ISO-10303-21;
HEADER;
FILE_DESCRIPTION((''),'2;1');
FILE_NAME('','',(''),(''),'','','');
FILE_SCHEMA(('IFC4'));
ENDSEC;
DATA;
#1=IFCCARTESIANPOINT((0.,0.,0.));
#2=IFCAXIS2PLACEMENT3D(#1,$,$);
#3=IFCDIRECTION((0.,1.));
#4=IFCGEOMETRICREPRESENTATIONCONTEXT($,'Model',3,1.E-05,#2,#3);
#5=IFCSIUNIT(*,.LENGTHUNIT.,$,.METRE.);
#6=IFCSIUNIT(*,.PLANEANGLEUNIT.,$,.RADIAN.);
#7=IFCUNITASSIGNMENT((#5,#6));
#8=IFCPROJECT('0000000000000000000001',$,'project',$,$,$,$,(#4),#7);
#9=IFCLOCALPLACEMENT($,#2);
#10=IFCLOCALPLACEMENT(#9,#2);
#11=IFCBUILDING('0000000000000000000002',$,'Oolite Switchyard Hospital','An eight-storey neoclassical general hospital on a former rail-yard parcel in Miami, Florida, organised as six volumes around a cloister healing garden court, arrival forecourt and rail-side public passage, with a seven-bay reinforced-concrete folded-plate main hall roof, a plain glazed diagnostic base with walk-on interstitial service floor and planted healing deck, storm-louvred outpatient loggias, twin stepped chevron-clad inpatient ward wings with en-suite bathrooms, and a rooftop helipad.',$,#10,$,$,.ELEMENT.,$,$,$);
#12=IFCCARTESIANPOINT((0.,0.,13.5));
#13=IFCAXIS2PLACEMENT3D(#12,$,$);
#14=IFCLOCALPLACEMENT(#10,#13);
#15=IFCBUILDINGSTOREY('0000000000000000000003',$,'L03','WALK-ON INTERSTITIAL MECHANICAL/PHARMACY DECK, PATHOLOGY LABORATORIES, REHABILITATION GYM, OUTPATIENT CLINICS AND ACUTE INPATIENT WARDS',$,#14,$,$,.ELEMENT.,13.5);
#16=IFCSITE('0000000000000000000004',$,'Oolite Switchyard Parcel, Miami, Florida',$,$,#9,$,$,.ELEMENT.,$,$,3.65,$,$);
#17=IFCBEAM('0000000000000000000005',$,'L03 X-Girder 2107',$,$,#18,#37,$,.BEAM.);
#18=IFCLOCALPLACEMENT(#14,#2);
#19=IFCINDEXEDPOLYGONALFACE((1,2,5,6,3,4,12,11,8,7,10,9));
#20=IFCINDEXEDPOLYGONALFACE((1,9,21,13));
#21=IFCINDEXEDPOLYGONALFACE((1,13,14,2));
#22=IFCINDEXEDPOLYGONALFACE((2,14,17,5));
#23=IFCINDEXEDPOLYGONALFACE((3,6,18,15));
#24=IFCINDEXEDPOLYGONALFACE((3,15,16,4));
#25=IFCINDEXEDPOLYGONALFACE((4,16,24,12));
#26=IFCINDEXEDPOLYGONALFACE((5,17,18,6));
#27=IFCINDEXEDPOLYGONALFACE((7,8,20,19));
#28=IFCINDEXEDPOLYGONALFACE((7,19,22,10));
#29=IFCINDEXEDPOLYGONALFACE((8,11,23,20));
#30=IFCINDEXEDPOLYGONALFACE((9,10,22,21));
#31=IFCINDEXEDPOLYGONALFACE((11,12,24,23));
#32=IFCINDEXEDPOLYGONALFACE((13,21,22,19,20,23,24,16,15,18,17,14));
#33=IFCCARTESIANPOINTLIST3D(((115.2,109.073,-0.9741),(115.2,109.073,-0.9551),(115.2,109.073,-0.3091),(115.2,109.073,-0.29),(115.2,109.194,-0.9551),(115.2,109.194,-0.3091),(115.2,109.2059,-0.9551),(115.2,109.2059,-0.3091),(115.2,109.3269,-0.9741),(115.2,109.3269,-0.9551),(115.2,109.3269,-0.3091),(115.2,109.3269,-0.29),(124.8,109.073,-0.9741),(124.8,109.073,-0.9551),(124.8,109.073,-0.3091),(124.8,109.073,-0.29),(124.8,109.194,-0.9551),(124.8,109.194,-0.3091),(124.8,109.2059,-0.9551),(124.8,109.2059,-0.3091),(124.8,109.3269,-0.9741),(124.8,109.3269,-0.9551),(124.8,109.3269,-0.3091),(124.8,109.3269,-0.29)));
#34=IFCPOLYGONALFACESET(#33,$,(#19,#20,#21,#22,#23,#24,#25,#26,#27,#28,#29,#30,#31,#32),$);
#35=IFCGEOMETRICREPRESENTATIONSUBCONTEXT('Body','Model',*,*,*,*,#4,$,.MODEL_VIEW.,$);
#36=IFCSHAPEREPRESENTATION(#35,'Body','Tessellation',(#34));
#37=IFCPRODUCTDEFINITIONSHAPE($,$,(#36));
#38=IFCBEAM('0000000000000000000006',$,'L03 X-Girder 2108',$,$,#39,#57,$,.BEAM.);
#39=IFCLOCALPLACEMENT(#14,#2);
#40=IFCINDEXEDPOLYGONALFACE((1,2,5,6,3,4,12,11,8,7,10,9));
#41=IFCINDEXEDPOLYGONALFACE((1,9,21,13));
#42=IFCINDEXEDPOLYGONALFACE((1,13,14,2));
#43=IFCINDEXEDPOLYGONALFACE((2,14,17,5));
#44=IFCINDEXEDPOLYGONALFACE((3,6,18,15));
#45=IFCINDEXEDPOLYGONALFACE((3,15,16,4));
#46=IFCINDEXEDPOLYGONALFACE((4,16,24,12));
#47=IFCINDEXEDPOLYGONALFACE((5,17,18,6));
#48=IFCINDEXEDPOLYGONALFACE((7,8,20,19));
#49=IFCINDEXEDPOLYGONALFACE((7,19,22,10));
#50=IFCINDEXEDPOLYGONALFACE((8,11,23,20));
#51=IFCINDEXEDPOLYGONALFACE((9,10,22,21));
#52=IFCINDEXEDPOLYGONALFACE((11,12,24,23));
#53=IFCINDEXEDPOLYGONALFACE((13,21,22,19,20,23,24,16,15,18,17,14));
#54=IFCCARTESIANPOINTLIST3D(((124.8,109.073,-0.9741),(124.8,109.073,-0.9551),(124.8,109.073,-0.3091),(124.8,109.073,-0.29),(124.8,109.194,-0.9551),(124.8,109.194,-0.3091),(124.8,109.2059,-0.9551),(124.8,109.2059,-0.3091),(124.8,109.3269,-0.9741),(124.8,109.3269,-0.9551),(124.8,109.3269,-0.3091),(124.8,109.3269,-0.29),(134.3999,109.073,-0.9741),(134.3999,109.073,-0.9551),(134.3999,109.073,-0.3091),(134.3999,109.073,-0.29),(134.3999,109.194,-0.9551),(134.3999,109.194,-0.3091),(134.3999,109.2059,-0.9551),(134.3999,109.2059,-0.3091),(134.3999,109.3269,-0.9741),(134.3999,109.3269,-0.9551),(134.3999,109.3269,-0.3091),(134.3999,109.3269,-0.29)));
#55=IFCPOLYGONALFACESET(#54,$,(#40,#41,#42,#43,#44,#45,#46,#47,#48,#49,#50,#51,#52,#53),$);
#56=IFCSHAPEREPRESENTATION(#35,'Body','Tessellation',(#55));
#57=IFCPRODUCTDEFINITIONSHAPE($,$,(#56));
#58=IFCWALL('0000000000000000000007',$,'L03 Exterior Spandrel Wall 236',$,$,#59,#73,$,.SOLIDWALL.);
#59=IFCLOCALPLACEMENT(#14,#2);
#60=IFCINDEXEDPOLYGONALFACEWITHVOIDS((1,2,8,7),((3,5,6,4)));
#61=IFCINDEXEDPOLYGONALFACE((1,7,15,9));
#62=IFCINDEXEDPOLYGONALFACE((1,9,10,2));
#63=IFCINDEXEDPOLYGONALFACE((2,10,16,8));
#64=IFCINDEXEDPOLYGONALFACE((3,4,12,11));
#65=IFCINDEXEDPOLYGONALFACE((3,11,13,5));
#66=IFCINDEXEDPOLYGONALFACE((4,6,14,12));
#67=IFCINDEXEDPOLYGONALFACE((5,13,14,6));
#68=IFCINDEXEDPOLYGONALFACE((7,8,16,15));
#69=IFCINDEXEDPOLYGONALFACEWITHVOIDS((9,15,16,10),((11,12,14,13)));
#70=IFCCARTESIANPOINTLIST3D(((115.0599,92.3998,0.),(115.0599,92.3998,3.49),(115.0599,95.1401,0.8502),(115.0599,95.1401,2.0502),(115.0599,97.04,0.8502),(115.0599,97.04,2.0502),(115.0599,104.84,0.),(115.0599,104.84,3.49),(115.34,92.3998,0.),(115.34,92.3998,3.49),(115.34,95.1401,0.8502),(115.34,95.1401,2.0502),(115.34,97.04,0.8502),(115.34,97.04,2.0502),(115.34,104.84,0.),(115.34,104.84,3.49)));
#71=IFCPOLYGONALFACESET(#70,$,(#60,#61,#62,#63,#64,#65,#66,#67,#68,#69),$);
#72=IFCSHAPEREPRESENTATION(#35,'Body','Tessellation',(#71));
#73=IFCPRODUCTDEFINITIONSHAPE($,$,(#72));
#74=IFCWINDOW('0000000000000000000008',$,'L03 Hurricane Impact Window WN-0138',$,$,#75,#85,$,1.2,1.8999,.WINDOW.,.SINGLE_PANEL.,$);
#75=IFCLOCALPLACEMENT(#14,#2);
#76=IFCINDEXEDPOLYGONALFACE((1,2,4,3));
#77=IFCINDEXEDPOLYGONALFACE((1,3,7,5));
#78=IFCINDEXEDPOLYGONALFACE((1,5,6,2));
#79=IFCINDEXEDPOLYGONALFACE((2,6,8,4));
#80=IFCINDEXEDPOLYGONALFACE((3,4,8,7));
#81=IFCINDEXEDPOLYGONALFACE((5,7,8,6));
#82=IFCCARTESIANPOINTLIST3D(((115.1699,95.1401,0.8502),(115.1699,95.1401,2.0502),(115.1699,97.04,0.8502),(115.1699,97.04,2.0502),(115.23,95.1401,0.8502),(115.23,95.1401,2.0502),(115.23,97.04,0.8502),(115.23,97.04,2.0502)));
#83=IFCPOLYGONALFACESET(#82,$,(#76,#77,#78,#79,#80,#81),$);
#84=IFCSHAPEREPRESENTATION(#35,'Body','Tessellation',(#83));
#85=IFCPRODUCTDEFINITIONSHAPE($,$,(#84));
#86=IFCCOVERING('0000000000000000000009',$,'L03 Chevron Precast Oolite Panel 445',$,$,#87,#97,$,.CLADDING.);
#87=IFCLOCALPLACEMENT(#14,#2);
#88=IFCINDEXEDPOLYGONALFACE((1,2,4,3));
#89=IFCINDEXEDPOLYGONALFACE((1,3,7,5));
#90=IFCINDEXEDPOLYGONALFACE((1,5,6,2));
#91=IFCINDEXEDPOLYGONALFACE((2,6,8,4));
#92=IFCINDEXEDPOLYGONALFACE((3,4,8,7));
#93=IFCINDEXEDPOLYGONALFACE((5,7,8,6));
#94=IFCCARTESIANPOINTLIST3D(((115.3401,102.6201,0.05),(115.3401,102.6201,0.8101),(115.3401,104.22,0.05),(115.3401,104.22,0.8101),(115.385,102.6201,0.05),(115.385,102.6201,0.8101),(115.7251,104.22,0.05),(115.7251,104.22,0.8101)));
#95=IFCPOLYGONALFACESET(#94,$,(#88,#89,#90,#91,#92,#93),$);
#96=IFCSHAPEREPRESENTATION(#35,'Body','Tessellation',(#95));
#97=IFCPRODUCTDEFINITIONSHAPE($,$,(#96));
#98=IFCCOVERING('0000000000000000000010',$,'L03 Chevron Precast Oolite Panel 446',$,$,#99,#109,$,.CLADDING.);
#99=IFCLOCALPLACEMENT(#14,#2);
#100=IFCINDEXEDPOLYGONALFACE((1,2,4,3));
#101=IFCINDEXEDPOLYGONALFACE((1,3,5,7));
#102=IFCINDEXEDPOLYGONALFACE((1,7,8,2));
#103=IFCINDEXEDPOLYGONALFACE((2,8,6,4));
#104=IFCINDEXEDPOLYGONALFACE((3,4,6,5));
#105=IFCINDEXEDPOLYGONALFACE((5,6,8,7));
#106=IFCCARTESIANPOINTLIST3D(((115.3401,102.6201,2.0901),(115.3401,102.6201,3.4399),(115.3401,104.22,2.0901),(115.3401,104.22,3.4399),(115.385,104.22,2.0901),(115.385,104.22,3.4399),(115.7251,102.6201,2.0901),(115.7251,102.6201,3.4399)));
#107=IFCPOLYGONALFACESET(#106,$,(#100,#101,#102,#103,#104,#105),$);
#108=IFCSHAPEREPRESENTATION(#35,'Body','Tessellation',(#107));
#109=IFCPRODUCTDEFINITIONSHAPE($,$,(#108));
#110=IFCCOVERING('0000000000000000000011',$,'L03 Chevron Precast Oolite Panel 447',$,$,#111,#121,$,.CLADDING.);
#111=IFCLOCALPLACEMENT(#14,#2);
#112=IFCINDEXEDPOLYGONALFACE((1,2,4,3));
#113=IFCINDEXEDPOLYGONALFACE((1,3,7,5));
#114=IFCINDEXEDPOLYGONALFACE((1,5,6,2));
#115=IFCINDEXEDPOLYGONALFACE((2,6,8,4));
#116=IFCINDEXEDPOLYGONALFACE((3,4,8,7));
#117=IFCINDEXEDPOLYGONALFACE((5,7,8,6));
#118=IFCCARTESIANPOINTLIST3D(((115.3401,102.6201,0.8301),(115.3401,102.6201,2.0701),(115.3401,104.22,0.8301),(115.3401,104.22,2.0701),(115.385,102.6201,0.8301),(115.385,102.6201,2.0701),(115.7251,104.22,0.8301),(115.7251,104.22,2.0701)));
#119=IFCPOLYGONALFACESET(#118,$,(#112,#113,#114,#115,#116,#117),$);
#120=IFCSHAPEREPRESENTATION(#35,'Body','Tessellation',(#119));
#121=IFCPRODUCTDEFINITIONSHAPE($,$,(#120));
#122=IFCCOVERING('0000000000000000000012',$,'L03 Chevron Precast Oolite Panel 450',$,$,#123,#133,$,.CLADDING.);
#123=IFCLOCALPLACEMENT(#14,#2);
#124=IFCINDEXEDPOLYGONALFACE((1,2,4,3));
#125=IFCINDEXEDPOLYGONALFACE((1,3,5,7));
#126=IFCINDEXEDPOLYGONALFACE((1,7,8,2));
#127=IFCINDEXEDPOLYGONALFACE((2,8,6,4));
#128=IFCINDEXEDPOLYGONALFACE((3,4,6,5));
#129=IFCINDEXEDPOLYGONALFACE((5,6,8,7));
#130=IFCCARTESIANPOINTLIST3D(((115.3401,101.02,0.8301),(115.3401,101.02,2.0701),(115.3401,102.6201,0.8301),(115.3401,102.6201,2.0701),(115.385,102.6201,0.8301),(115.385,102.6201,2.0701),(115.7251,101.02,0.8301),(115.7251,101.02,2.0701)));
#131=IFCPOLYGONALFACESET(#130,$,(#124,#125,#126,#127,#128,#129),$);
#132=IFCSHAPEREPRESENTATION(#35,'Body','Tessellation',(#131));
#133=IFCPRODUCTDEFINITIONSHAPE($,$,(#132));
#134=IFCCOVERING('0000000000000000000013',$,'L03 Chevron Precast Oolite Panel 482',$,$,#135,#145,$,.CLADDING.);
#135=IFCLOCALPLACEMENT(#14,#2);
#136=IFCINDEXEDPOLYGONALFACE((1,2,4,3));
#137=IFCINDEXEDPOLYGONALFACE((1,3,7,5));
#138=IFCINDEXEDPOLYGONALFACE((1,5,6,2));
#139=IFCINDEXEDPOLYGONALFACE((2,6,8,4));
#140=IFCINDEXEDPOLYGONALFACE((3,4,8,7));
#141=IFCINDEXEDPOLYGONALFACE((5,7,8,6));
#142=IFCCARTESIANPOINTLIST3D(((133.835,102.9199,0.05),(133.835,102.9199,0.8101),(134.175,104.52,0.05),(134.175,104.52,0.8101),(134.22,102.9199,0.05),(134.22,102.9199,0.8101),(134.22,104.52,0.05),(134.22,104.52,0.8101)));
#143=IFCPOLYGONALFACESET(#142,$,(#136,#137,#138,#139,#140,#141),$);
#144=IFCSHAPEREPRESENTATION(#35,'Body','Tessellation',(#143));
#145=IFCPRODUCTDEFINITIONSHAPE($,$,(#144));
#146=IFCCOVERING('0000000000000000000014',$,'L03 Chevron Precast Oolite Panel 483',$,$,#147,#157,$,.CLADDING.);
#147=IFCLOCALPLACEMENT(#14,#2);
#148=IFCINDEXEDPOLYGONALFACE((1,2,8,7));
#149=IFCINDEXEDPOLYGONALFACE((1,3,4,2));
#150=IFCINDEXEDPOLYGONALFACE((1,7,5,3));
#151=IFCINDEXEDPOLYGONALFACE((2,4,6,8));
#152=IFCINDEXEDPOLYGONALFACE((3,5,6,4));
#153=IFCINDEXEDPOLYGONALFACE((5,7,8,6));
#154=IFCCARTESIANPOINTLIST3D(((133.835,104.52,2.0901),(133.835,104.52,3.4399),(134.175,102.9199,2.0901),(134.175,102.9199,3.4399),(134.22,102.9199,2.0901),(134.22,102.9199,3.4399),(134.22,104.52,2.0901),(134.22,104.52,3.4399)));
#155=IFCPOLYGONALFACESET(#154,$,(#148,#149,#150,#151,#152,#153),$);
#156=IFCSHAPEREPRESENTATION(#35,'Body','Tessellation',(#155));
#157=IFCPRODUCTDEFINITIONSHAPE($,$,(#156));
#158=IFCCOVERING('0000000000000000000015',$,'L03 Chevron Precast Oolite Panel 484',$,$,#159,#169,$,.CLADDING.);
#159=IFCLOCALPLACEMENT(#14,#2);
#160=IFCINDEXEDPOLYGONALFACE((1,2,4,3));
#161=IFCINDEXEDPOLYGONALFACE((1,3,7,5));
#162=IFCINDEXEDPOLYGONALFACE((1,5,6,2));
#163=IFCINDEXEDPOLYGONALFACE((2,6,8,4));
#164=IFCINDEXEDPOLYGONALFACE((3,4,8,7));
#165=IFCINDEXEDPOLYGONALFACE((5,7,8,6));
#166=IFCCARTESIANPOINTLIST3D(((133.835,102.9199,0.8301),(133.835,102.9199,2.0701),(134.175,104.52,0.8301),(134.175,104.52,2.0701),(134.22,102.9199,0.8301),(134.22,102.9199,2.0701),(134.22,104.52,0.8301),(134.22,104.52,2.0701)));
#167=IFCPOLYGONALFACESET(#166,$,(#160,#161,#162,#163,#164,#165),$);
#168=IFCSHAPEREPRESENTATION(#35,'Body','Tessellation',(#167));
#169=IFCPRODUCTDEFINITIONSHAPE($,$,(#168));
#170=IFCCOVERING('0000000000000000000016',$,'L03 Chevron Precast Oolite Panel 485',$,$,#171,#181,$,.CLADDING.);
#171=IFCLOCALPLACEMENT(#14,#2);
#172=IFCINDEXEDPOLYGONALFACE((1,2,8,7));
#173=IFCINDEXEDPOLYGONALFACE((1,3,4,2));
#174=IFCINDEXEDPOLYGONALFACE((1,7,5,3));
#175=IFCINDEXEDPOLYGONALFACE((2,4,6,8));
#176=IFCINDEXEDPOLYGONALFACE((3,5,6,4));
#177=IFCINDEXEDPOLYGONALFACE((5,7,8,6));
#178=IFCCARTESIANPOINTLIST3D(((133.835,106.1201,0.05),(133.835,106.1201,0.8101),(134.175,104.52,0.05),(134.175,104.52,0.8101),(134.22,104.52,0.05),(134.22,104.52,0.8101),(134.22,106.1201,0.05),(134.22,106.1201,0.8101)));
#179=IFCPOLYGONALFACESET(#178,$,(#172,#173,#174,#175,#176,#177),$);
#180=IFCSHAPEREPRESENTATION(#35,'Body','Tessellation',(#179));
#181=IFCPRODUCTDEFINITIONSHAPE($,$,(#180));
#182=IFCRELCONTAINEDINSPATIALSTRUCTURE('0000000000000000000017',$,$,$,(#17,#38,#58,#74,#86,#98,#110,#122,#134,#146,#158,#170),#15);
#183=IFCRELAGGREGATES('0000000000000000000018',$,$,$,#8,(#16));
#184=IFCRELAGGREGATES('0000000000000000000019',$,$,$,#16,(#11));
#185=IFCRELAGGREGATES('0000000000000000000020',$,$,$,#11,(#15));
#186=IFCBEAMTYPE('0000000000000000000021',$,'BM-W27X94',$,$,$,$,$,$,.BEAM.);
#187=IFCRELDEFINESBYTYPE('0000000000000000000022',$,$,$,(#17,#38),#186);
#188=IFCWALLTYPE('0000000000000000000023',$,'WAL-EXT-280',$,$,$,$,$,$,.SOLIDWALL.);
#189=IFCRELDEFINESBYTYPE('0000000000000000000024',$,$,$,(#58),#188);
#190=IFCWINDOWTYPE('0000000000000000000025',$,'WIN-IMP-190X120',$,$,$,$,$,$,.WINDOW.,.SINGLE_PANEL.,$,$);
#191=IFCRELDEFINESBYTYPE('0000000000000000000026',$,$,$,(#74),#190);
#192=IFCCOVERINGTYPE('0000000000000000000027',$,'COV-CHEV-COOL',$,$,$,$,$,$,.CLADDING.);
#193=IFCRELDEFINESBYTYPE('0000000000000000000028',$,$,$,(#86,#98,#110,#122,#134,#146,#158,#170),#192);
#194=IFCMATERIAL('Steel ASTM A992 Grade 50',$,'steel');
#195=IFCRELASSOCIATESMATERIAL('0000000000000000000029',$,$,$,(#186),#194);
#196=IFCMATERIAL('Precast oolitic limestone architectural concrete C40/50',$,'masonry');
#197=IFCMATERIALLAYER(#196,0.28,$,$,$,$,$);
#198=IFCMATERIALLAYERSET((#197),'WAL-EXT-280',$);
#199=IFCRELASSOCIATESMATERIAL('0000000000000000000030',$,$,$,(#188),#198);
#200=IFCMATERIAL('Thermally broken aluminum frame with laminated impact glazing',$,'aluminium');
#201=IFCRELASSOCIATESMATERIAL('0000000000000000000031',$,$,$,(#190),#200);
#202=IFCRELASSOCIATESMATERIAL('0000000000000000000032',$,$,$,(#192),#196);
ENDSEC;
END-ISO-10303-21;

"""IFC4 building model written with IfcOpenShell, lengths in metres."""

from ifc_helpers import new_model, si_unit, direction, frame, frame_2d, origin, origin_2d, place, context, subcontext, project, spatial, polyline, rectangle, i_section, outline, extrude, material, layer, layer_set, material_profile, profile_set, type_object, element, fill, save


model = new_model("IFC4")

# Units and contexts
model_context = context("Model", 3, precision=1e-05, world=origin(), true_north=direction((0.0, 1.0)))
body_context = subcontext(model_context, "Body", "Model", "MODEL_VIEW")
ifc_project = project(units=[si_unit("LENGTHUNIT", "METRE"), si_unit("PLANEANGLEUNIT", "RADIAN")], contexts=[model_context])

# Site, building, storey
site_placement = place(None, origin())
site = spatial("IfcSite", under=ifc_project, at=site_placement, Name="Oolite Switchyard Parcel, Miami, Florida", CompositionType="ELEMENT", RefElevation=3.65)
building_placement = place(site_placement, origin())
building = spatial("IfcBuilding", under=site, at=building_placement, Name="Oolite Switchyard Hospital", Description="An eight-storey neoclassical general hospital on a former rail-yard parcel in Miami, Florida, organised as six volumes around a cloister healing garden court, arrival forecourt and rail-side public passage, with a seven-bay reinforced-concrete folded-plate main hall roof, a plain glazed diagnostic base with walk-on interstitial service floor and planted healing deck, storm-louvred outpatient loggias, twin stepped chevron-clad inpatient ward wings with en-suite bathrooms, and a rooftop helipad.", CompositionType="ELEMENT")
storey_placement = place(building_placement, frame((0.0, 0.0, 13.5)))
storey = spatial("IfcBuildingStorey", under=building, at=storey_placement, Name="L03", Description="WALK-ON INTERSTITIAL MECHANICAL/PHARMACY DECK, PATHOLOGY LABORATORIES, REHABILITATION GYM, OUTPATIENT CLINICS AND ACUTE INPATIENT WARDS", CompositionType="ELEMENT", Elevation=13.5)

# Beams
ifc_material_1 = material(Name="Steel ASTM A992 Grade 50", Category="steel")
ifc_material_profile = material_profile(ifc_material_1, i_section(OverallWidth=0.2539, OverallDepth=0.6841, WebThickness=0.012, FlangeThickness=0.019, at=origin_2d()), Name="W27X94")
ifc_profile_set = profile_set([ifc_material_profile], Name="Steel ASTM A992 Grade 50")
beam_type = type_object("IfcBeamType", Name="BM-W27X94", PredefinedType="BEAM", material=ifc_profile_set)
beam_1_placement = place(storey_placement, frame((115.2, 109.2, -0.6321), z_axis=(1.0, 0.0, 0.0), x_axis=(0.0, 1.0, 0.0)))
element("IfcBeam", 1, at=beam_1_placement, inside=storey, type_object=beam_type, Name="L03 X-Girder 2107", PredefinedType="BEAM", context=body_context, shape_type="SweptSolid", body=[
    extrude(i_section(OverallWidth=0.2539, OverallDepth=0.6841, WebThickness=0.012, FlangeThickness=0.019, at=origin_2d()), origin(), (0.0, 0.0, 1.0), 9.6001),
])
beam_2_placement = place(storey_placement, frame((124.8, 109.2, -0.6321), z_axis=(1.0, 0.0, 0.0), x_axis=(0.0, 1.0, 0.0)))
element("IfcBeam", 2, at=beam_2_placement, inside=storey, type_object=beam_type, Name="L03 X-Girder 2108", PredefinedType="BEAM", context=body_context, shape_type="SweptSolid", body=[
    extrude(i_section(OverallWidth=0.2539, OverallDepth=0.6841, WebThickness=0.012, FlangeThickness=0.019, at=origin_2d()), origin(), (0.0, 0.0, 1.0), 9.5999),
])

# Wall, opening, window
ifc_material_2 = material(Name="Precast oolitic limestone architectural concrete C40/50", Category="masonry")
ifc_layer = layer(ifc_material_2, 0.28)
ifc_layer_set = layer_set([ifc_layer], Name="WAL-EXT-280")
wall_type = type_object("IfcWallType", Name="WAL-EXT-280", PredefinedType="SOLIDWALL", material=ifc_layer_set)
wall_placement = place(storey_placement, frame((115.2, 104.8401, 0.0), z_axis=(0.0, 0.0, 1.0), x_axis=(0.0, -1.0, 0.0)))
wall = element("IfcWall", 3, at=wall_placement, inside=storey, type_object=wall_type, Name="L03 Exterior Spandrel Wall 236", PredefinedType="SOLIDWALL", context=body_context, shape_type="SweptSolid", body=[
    extrude(rectangle(XDim=12.4402, YDim=0.28, at=frame_2d((6.2202, 0.0))), origin(), (0.0, 0.0, 1.0), 3.49),
])
opening_placement = place(wall_placement, frame((7.8, 0.0, 0.8501)))
opening = element("IfcOpeningElement", 4, at=opening_placement, cuts=wall, PredefinedType="OPENING", context=body_context, shape_type="SweptSolid", body=[
    extrude(rectangle(XDim=1.8999, YDim=1.2, at=frame_2d((0.95, 0.6001))), frame((0.0, 0.1499, 0.0), z_axis=(0.0, -1.0, 0.0), x_axis=(1.0, 0.0, 0.0)), (0.0, 0.0, 1.0), 0.3),
])
ifc_material_3 = material(Name="Thermally broken aluminum frame with laminated impact glazing", Category="aluminium")
window_type = type_object("IfcWindowType", Name="WIN-IMP-190X120", PartitioningType="SINGLE_PANEL", PredefinedType="WINDOW", material=ifc_material_3)
window_placement = place(opening_placement, origin())
window = element("IfcWindow", 5, at=window_placement, inside=storey, type_object=window_type, Name="L03 Hurricane Impact Window WN-0138", OverallHeight=1.2, OverallWidth=1.8999, PartitioningType="SINGLE_PANEL", PredefinedType="WINDOW", context=body_context, shape_type="SweptSolid", body=[
    extrude(rectangle(XDim=1.8999, YDim=1.2, at=frame_2d((0.95, 0.6001))), frame((0.0, 0.03, 0.0), z_axis=(0.0, -1.0, 0.0), x_axis=(1.0, 0.0, 0.0)), (0.0, 0.0, 1.0), 0.0601),
])
fill(opening, window)

# Coverings
covering_type = type_object("IfcCoveringType", Name="COV-CHEV-COOL", PredefinedType="CLADDING", material=ifc_material_2)
covering_1_placement = place(storey_placement, frame((115.3401, 104.22, 0.05), z_axis=(0.0, 0.0, 1.0), x_axis=(0.0, -1.0, 0.0)))
element("IfcCovering", 6, at=covering_1_placement, inside=storey, type_object=covering_type, Name="L03 Chevron Precast Oolite Panel 445", PredefinedType="CLADDING", context=body_context, shape_type="SweptSolid", body=[
    extrude(outline(polyline([(0.0, 0.0), (1.5999, 0.0), (1.5999, 0.0449), (0.0, 0.385), (0.0, 0.0)])), origin(), (0.0, 0.0, 1.0), 0.76),
])
covering_2_placement = place(storey_placement, frame((115.3401, 104.22, 2.0901), z_axis=(0.0, 0.0, 1.0), x_axis=(0.0, -1.0, 0.0)))
element("IfcCovering", 7, at=covering_2_placement, inside=storey, type_object=covering_type, Name="L03 Chevron Precast Oolite Panel 446", PredefinedType="CLADDING", context=body_context, shape_type="SweptSolid", body=[
    extrude(outline(polyline([(0.0, 0.0), (1.5999, 0.0), (1.5999, 0.385), (0.0, 0.0449), (0.0, 0.0)])), origin(), (0.0, 0.0, 1.0), 1.3499),
])
covering_3_placement = place(storey_placement, frame((115.3401, 104.22, 0.8301), z_axis=(0.0, 0.0, 1.0), x_axis=(0.0, -1.0, 0.0)))
element("IfcCovering", 8, at=covering_3_placement, inside=storey, type_object=covering_type, Name="L03 Chevron Precast Oolite Panel 447", PredefinedType="CLADDING", context=body_context, shape_type="SweptSolid", body=[
    extrude(outline(polyline([(0.0, 0.0), (1.5999, 0.0), (1.5999, 0.0449), (0.0, 0.385), (0.0, 0.0)])), origin(), (0.0, 0.0, 1.0), 1.24),
])
covering_4_placement = place(storey_placement, frame((115.3401, 102.6201, 0.8301), z_axis=(0.0, 0.0, 1.0), x_axis=(0.0, -1.0, 0.0)))
element("IfcCovering", 9, at=covering_4_placement, inside=storey, type_object=covering_type, Name="L03 Chevron Precast Oolite Panel 450", PredefinedType="CLADDING", context=body_context, shape_type="SweptSolid", body=[
    extrude(outline(polyline([(0.0, 0.0), (1.6001, 0.0), (1.6001, 0.385), (0.0, 0.0449), (0.0, 0.0)])), origin(), (0.0, 0.0, 1.0), 1.24),
])
covering_5_placement = place(storey_placement, frame((134.22, 102.9199, 0.05), z_axis=(0.0, 0.0, 1.0), x_axis=(0.0, 1.0, 0.0)))
element("IfcCovering", 10, at=covering_5_placement, inside=storey, type_object=covering_type, Name="L03 Chevron Precast Oolite Panel 482", PredefinedType="CLADDING", context=body_context, shape_type="SweptSolid", body=[
    extrude(outline(polyline([(0.0, 0.0), (1.6001, 0.0), (1.6001, 0.0449), (0.0, 0.385), (0.0, 0.0)])), origin(), (0.0, 0.0, 1.0), 0.76),
])
covering_6_placement = place(storey_placement, frame((134.22, 102.9199, 2.0901), z_axis=(0.0, 0.0, 1.0), x_axis=(0.0, 1.0, 0.0)))
element("IfcCovering", 11, at=covering_6_placement, inside=storey, type_object=covering_type, Name="L03 Chevron Precast Oolite Panel 483", PredefinedType="CLADDING", context=body_context, shape_type="SweptSolid", body=[
    extrude(outline(polyline([(0.0, 0.0), (1.6001, 0.0), (1.6001, 0.385), (0.0, 0.0449), (0.0, 0.0)])), origin(), (0.0, 0.0, 1.0), 1.3499),
])
covering_7_placement = place(storey_placement, frame((134.22, 102.9199, 0.8301), z_axis=(0.0, 0.0, 1.0), x_axis=(0.0, 1.0, 0.0)))
element("IfcCovering", 12, at=covering_7_placement, inside=storey, type_object=covering_type, Name="L03 Chevron Precast Oolite Panel 484", PredefinedType="CLADDING", context=body_context, shape_type="SweptSolid", body=[
    extrude(outline(polyline([(0.0, 0.0), (1.6001, 0.0), (1.6001, 0.0449), (0.0, 0.385), (0.0, 0.0)])), origin(), (0.0, 0.0, 1.0), 1.24),
])
covering_8_placement = place(storey_placement, frame((134.22, 104.52, 0.05), z_axis=(0.0, 0.0, 1.0), x_axis=(0.0, 1.0, 0.0)))
element("IfcCovering", 13, at=covering_8_placement, inside=storey, type_object=covering_type, Name="L03 Chevron Precast Oolite Panel 485", PredefinedType="CLADDING", context=body_context, shape_type="SweptSolid", body=[
    extrude(outline(polyline([(0.0, 0.0), (1.6001, 0.0), (1.6001, 0.385), (0.0, 0.0449), (0.0, 0.0)])), origin(), (0.0, 0.0, 1.0), 0.76),
])

save(model, "model.ifc")
